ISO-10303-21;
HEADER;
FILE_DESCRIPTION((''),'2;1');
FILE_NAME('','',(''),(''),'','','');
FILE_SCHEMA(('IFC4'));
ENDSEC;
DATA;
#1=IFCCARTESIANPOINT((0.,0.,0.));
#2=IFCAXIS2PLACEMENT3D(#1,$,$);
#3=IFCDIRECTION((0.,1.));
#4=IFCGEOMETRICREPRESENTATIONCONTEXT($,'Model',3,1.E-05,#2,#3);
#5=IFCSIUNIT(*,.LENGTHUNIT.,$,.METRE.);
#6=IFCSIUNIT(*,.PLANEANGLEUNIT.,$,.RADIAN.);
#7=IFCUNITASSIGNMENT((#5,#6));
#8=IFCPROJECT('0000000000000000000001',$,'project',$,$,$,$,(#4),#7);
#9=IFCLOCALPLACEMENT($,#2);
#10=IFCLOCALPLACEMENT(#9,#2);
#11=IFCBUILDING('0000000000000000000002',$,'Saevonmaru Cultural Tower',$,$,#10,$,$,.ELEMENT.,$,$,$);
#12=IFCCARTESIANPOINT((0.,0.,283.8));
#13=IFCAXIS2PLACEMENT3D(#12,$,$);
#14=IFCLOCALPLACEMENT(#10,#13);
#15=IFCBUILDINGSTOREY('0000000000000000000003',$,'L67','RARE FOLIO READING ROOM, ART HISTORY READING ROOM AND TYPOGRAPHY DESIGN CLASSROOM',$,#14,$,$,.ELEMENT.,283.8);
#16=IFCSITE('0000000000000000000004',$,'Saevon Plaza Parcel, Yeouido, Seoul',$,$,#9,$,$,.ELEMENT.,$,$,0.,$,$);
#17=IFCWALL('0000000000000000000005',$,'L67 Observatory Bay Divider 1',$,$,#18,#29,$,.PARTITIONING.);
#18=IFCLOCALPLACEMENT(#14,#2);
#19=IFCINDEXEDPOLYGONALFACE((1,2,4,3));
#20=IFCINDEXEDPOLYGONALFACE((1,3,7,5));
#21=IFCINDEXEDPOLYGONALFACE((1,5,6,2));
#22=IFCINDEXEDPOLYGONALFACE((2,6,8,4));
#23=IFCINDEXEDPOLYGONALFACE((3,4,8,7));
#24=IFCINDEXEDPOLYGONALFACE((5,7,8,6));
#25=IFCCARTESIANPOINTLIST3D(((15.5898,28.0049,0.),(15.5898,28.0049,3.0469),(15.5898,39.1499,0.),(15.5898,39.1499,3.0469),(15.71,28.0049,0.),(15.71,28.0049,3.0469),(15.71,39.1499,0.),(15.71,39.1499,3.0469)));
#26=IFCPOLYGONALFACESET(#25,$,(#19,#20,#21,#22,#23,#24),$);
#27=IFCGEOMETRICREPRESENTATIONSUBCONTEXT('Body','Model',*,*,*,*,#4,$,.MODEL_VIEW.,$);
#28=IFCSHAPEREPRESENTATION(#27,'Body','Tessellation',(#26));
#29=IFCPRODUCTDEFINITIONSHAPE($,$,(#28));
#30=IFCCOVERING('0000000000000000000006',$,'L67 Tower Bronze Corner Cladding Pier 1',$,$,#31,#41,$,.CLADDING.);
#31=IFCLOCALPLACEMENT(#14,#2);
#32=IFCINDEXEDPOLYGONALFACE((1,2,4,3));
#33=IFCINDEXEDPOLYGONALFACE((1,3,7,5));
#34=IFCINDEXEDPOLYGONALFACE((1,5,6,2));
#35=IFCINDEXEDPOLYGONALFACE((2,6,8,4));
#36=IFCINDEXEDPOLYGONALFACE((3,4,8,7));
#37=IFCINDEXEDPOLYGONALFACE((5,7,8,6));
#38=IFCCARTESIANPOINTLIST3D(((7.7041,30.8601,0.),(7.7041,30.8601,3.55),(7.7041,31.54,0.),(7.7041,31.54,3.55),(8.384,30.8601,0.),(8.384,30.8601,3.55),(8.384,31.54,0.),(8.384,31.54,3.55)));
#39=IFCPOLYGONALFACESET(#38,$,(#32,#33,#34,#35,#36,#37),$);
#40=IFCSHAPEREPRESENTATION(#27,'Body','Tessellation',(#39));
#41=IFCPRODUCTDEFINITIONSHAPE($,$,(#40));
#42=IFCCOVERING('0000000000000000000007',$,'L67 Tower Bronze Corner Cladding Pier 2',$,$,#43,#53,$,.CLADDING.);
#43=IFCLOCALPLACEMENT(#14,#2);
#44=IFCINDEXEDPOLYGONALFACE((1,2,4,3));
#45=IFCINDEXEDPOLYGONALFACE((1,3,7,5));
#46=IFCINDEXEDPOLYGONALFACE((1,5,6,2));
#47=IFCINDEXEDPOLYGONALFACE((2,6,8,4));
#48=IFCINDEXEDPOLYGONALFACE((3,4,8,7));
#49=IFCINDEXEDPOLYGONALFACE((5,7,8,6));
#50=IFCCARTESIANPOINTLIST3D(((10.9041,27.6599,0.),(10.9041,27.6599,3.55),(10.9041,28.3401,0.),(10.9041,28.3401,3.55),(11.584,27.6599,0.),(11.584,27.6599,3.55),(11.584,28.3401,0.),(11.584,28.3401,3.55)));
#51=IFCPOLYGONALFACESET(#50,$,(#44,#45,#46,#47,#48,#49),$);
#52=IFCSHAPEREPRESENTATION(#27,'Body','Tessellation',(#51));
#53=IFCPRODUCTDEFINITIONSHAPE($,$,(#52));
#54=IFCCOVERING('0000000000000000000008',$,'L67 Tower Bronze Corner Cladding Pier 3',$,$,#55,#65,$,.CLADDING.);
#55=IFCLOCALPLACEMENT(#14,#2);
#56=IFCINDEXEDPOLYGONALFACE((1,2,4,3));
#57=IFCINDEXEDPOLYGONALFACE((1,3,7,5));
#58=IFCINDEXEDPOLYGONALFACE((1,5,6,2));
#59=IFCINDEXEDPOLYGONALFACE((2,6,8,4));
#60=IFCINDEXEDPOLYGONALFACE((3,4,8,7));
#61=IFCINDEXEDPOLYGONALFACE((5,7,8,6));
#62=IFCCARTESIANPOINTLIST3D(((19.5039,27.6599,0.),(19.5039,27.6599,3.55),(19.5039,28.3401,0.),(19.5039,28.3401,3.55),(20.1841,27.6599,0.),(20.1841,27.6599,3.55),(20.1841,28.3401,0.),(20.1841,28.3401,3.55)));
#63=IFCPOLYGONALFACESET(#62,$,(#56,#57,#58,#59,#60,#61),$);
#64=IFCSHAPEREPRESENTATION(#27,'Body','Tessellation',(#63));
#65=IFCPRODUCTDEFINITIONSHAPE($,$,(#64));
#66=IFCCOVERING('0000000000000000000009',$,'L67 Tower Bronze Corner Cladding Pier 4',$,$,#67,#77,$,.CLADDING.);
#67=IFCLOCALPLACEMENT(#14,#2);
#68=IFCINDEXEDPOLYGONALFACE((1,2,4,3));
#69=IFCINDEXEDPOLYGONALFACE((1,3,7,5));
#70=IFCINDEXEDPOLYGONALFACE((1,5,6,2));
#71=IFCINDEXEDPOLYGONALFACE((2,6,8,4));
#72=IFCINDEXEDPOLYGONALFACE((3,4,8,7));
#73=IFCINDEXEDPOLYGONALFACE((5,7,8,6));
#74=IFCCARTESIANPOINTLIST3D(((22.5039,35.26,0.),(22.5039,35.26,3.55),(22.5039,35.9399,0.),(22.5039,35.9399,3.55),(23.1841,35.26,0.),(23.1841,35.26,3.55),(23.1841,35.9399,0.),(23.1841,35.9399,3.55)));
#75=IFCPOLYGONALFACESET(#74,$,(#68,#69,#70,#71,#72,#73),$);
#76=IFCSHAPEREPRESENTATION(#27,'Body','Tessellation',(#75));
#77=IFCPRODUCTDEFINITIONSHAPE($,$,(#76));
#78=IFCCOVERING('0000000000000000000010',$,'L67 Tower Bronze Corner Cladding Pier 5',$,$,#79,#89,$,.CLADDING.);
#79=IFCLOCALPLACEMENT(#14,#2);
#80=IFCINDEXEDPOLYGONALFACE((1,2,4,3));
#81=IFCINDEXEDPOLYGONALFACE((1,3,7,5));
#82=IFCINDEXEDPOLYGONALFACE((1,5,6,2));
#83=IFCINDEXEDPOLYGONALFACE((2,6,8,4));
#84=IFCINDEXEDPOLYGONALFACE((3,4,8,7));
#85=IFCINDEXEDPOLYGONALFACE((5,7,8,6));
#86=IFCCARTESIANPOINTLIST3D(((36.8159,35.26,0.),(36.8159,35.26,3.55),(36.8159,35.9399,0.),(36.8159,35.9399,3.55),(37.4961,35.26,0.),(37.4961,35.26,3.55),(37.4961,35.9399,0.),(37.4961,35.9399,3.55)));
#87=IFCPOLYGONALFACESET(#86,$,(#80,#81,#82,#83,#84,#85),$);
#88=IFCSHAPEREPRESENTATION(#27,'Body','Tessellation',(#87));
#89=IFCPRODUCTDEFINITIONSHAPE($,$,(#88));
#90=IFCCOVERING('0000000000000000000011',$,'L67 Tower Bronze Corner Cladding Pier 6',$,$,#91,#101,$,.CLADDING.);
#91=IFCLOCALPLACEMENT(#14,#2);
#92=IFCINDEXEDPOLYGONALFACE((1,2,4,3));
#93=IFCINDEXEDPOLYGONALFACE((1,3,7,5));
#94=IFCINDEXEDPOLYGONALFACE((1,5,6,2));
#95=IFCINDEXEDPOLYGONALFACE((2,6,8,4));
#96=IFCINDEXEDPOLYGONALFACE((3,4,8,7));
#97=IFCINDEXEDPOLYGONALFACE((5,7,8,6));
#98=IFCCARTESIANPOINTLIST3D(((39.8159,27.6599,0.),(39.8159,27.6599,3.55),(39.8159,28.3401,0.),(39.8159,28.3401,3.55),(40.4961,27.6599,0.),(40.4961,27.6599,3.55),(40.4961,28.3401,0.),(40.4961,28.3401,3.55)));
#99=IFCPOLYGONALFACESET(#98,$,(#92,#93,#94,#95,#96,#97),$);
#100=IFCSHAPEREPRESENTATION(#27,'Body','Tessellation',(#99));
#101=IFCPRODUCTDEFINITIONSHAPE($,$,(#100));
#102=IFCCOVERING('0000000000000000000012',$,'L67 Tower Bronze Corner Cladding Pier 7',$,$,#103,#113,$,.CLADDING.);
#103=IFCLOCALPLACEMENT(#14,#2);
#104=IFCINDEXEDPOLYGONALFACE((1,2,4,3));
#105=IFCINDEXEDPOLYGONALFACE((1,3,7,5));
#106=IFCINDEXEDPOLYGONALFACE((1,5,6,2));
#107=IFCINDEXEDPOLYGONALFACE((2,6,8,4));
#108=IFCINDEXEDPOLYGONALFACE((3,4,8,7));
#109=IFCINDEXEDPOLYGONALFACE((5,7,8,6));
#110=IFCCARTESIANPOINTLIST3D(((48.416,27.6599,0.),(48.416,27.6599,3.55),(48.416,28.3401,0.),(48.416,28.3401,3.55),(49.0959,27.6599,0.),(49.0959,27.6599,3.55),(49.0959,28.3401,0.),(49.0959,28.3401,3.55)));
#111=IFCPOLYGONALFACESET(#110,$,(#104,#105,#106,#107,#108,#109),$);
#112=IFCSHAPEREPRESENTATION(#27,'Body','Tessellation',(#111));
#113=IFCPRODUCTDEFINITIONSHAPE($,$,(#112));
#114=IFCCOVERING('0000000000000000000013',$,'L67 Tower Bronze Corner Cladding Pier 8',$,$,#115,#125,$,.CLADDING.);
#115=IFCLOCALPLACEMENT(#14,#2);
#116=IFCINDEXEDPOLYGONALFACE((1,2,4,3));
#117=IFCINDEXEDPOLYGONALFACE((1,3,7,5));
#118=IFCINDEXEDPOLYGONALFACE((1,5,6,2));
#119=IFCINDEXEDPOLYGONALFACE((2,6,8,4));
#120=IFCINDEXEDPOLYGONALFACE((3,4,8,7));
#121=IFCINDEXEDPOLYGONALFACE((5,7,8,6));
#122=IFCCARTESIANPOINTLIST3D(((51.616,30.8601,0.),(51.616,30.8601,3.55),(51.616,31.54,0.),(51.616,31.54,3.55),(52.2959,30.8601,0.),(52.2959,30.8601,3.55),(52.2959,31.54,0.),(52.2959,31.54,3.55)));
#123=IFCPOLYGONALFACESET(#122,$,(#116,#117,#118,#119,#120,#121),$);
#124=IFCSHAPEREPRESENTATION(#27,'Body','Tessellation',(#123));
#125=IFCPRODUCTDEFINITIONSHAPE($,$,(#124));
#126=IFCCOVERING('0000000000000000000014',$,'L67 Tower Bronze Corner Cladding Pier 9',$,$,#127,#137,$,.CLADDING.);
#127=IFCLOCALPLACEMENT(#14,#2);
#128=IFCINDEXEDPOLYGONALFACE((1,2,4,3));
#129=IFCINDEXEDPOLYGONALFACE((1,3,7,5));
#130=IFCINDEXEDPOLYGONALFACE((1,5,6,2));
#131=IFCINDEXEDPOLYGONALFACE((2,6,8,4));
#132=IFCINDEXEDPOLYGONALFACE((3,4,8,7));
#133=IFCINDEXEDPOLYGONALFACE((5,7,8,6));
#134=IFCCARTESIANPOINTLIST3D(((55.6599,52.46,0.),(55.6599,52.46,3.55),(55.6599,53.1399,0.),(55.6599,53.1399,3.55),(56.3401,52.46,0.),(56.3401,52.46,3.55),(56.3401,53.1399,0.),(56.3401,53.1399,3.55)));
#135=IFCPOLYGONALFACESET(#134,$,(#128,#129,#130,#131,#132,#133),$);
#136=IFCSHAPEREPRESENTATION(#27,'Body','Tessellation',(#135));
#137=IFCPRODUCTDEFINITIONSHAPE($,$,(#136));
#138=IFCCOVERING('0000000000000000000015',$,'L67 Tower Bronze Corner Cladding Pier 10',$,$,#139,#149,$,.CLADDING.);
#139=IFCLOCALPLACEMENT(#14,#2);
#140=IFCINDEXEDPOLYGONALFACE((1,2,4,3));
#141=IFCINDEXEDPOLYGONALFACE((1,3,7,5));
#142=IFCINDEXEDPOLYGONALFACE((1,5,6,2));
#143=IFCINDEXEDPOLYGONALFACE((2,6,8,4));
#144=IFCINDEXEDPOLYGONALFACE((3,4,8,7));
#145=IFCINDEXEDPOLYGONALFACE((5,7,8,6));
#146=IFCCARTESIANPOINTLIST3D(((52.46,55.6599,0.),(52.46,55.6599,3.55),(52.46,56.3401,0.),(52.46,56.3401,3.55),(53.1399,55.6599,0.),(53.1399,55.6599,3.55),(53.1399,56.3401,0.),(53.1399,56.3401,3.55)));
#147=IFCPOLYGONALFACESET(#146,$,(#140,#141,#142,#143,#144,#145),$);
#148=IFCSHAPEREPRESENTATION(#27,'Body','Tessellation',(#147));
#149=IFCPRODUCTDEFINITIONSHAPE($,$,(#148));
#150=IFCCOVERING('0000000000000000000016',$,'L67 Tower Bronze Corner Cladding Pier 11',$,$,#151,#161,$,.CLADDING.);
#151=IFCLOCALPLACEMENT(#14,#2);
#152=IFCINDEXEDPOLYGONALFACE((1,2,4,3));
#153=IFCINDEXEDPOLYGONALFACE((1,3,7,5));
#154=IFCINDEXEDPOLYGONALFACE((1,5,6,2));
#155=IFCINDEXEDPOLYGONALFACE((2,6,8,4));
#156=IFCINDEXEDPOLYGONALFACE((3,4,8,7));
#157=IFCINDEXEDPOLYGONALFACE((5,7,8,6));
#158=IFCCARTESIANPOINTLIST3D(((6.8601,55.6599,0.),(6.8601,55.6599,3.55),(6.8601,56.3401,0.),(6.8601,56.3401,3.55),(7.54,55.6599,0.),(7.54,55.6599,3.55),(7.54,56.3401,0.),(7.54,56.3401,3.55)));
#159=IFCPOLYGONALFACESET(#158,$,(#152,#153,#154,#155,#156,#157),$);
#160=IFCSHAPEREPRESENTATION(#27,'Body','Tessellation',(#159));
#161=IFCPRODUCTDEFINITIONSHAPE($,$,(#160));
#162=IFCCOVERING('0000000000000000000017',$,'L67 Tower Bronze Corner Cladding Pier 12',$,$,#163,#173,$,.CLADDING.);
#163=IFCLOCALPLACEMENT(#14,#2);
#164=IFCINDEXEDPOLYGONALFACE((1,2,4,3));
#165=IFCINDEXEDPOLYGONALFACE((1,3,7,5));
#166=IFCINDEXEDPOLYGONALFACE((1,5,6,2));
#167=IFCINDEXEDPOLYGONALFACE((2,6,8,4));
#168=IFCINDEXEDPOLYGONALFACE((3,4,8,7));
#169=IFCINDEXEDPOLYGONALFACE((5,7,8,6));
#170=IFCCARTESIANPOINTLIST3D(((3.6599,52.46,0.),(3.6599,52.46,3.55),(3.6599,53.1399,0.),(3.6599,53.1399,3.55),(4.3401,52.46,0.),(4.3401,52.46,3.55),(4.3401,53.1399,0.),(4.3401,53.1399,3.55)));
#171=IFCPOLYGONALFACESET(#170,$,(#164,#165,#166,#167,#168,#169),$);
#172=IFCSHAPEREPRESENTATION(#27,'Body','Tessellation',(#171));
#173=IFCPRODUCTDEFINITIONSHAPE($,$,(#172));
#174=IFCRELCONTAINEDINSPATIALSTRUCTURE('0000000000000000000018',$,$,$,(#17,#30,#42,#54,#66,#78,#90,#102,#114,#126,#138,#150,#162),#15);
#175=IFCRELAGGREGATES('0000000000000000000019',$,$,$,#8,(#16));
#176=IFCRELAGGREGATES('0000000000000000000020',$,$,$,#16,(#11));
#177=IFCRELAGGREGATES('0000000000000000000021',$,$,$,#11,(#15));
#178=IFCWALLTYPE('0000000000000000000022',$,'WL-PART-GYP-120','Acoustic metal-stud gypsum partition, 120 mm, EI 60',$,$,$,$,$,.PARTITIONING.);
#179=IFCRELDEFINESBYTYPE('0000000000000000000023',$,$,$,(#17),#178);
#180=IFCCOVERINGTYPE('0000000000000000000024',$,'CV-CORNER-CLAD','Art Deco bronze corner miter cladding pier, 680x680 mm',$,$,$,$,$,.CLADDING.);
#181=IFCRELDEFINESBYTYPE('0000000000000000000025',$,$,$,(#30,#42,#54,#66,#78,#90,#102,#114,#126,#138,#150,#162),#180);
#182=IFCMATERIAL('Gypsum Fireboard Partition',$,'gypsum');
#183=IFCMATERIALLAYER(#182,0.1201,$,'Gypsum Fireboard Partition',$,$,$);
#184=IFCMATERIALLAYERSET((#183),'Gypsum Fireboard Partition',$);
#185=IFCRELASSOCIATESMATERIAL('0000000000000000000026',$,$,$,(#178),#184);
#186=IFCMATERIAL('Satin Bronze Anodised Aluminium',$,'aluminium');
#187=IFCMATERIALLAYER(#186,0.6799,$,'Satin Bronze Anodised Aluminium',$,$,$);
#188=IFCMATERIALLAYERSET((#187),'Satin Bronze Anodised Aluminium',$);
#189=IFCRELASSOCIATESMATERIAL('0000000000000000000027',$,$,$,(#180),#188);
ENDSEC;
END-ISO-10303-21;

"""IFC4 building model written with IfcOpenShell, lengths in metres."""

from ifc_helpers import new_model, si_unit, direction, frame, frame_2d, origin, place, context, subcontext, project, spatial, polyline, rectangle, outline, extrude, material, layer, layer_set, type_object, element, save


model = new_model("IFC4")

# Units and contexts
model_context = context("Model", 3, precision=1e-05, world=origin(), true_north=direction((0.0, 1.0)))
body_context = subcontext(model_context, "Body", "Model", "MODEL_VIEW")
ifc_project = project(units=[si_unit("LENGTHUNIT", "METRE"), si_unit("PLANEANGLEUNIT", "RADIAN")], contexts=[model_context])

# Site, building, storey
site_placement = place(None, origin())
site = spatial("IfcSite", under=ifc_project, at=site_placement, Name="Saevon Plaza Parcel, Yeouido, Seoul", CompositionType="ELEMENT", RefElevation=0.0)
building_placement = place(site_placement, origin())
building = spatial("IfcBuilding", under=site, at=building_placement, Name="Saevonmaru Cultural Tower", CompositionType="ELEMENT")
storey_placement = place(building_placement, frame((0.0, 0.0, 283.8)))
storey = spatial("IfcBuildingStorey", under=building, at=storey_placement, Name="L67", Description="RARE FOLIO READING ROOM, ART HISTORY READING ROOM AND TYPOGRAPHY DESIGN CLASSROOM", CompositionType="ELEMENT", Elevation=283.8)

# Shared definitions
ifc_material_1 = material(Name="Satin Bronze Anodised Aluminium", Category="aluminium")

# Wall
ifc_material_2 = material(Name="Gypsum Fireboard Partition", Category="gypsum")
ifc_layer_1 = layer(ifc_material_2, 0.1201, Name="Gypsum Fireboard Partition")
ifc_layer_set_1 = layer_set([ifc_layer_1], Name="Gypsum Fireboard Partition")
wall_type_1 = type_object("IfcWallType", Name="WL-PART-GYP-120", Description="Acoustic metal-stud gypsum partition, 120 mm, EI 60", PredefinedType="PARTITIONING", material=ifc_layer_set_1)
wall_1_placement = place(storey_placement, frame((15.6499, 28.0049, 0.0), z_axis=(0.0, 0.0, 1.0), x_axis=(0.0, 1.0, 0.0)))
element("IfcWall", 1, at=wall_1_placement, inside=storey, type_object=wall_type_1, Name="L67 Observatory Bay Divider 1", PredefinedType="PARTITIONING", context=body_context, shape_type="SweptSolid", body=[
    extrude(rectangle(XDim=11.145, YDim=0.1201, at=frame_2d((5.5725, 0.0))), origin(), (0.0, 0.0, 1.0), 3.0469),
])

# Coverings
ifc_layer_2 = layer(ifc_material_1, 0.6799, Name="Satin Bronze Anodised Aluminium")
ifc_layer_set_2 = layer_set([ifc_layer_2], Name="Satin Bronze Anodised Aluminium")
covering_type = type_object("IfcCoveringType", Name="CV-CORNER-CLAD", Description="Art Deco bronze corner miter cladding pier, 680x680 mm", PredefinedType="CLADDING", material=ifc_layer_set_2)
covering_1_placement = place(storey_placement, origin())
element("IfcCovering", 2, at=covering_1_placement, inside=storey, type_object=covering_type, Name="L67 Tower Bronze Corner Cladding Pier 1", PredefinedType="CLADDING", context=body_context, shape_type="SweptSolid", body=[
    extrude(outline(polyline([(7.7041, 30.8601), (8.384, 30.8601), (8.384, 31.54), (7.7041, 31.54), (7.7041, 30.8601)])), origin(), (0.0, 0.0, 1.0), 3.55),
])
covering_2_placement = place(storey_placement, origin())
element("IfcCovering", 3, at=covering_2_placement, inside=storey, type_object=covering_type, Name="L67 Tower Bronze Corner Cladding Pier 2", PredefinedType="CLADDING", context=body_context, shape_type="SweptSolid", body=[
    extrude(outline(polyline([(10.9041, 27.6599), (11.584, 27.6599), (11.584, 28.3401), (10.9041, 28.3401), (10.9041, 27.6599)])), origin(), (0.0, 0.0, 1.0), 3.55),
])
covering_3_placement = place(storey_placement, origin())
element("IfcCovering", 4, at=covering_3_placement, inside=storey, type_object=covering_type, Name="L67 Tower Bronze Corner Cladding Pier 3", PredefinedType="CLADDING", context=body_context, shape_type="SweptSolid", body=[
    extrude(outline(polyline([(19.5039, 27.6599), (20.1841, 27.6599), (20.1841, 28.3401), (19.5039, 28.3401), (19.5039, 27.6599)])), origin(), (0.0, 0.0, 1.0), 3.55),
])
covering_4_placement = place(storey_placement, origin())
element("IfcCovering", 5, at=covering_4_placement, inside=storey, type_object=covering_type, Name="L67 Tower Bronze Corner Cladding Pier 4", PredefinedType="CLADDING", context=body_context, shape_type="SweptSolid", body=[
    extrude(outline(polyline([(22.5039, 35.26), (23.1841, 35.26), (23.1841, 35.9399), (22.5039, 35.9399), (22.5039, 35.26)])), origin(), (0.0, 0.0, 1.0), 3.55),
])
covering_5_placement = place(storey_placement, origin())
element("IfcCovering", 6, at=covering_5_placement, inside=storey, type_object=covering_type, Name="L67 Tower Bronze Corner Cladding Pier 5", PredefinedType="CLADDING", context=body_context, shape_type="SweptSolid", body=[
    extrude(outline(polyline([(36.8159, 35.26), (37.4961, 35.26), (37.4961, 35.9399), (36.8159, 35.9399), (36.8159, 35.26)])), origin(), (0.0, 0.0, 1.0), 3.55),
])
covering_6_placement = place(storey_placement, origin())
element("IfcCovering", 7, at=covering_6_placement, inside=storey, type_object=covering_type, Name="L67 Tower Bronze Corner Cladding Pier 6", PredefinedType="CLADDING", context=body_context, shape_type="SweptSolid", body=[
    extrude(outline(polyline([(39.8159, 27.6599), (40.4961, 27.6599), (40.4961, 28.3401), (39.8159, 28.3401), (39.8159, 27.6599)])), origin(), (0.0, 0.0, 1.0), 3.55),
])
covering_7_placement = place(storey_placement, origin())
element("IfcCovering", 8, at=covering_7_placement, inside=storey, type_object=covering_type, Name="L67 Tower Bronze Corner Cladding Pier 7", PredefinedType="CLADDING", context=body_context, shape_type="SweptSolid", body=[
    extrude(outline(polyline([(48.416, 27.6599), (49.0959, 27.6599), (49.0959, 28.3401), (48.416, 28.3401), (48.416, 27.6599)])), origin(), (0.0, 0.0, 1.0), 3.55),
])
covering_8_placement = place(storey_placement, origin())
element("IfcCovering", 9, at=covering_8_placement, inside=storey, type_object=covering_type, Name="L67 Tower Bronze Corner Cladding Pier 8", PredefinedType="CLADDING", context=body_context, shape_type="SweptSolid", body=[
    extrude(outline(polyline([(51.616, 30.8601), (52.2959, 30.8601), (52.2959, 31.54), (51.616, 31.54), (51.616, 30.8601)])), origin(), (0.0, 0.0, 1.0), 3.55),
])
covering_9_placement = place(storey_placement, origin())
element("IfcCovering", 10, at=covering_9_placement, inside=storey, type_object=covering_type, Name="L67 Tower Bronze Corner Cladding Pier 9", PredefinedType="CLADDING", context=body_context, shape_type="SweptSolid", body=[
    extrude(outline(polyline([(55.6599, 52.46), (56.3401, 52.46), (56.3401, 53.1399), (55.6599, 53.1399), (55.6599, 52.46)])), origin(), (0.0, 0.0, 1.0), 3.55),
])
covering_10_placement = place(storey_placement, origin())
element("IfcCovering", 11, at=covering_10_placement, inside=storey, type_object=covering_type, Name="L67 Tower Bronze Corner Cladding Pier 10", PredefinedType="CLADDING", context=body_context, shape_type="SweptSolid", body=[
    extrude(outline(polyline([(52.46, 55.6599), (53.1399, 55.6599), (53.1399, 56.3401), (52.46, 56.3401), (52.46, 55.6599)])), origin(), (0.0, 0.0, 1.0), 3.55),
])
covering_11_placement = place(storey_placement, origin())
element("IfcCovering", 12, at=covering_11_placement, inside=storey, type_object=covering_type, Name="L67 Tower Bronze Corner Cladding Pier 11", PredefinedType="CLADDING", context=body_context, shape_type="SweptSolid", body=[
    extrude(outline(polyline([(6.8601, 55.6599), (7.54, 55.6599), (7.54, 56.3401), (6.8601, 56.3401), (6.8601, 55.6599)])), origin(), (0.0, 0.0, 1.0), 3.55),
])
covering_12_placement = place(storey_placement, origin())
element("IfcCovering", 13, at=covering_12_placement, inside=storey, type_object=covering_type, Name="L67 Tower Bronze Corner Cladding Pier 12", PredefinedType="CLADDING", context=body_context, shape_type="SweptSolid", body=[
    extrude(outline(polyline([(3.6599, 52.46), (4.3401, 52.46), (4.3401, 53.1399), (3.6599, 53.1399), (3.6599, 52.46)])), origin(), (0.0, 0.0, 1.0), 3.55),
])

save(model, "model.ifc")
